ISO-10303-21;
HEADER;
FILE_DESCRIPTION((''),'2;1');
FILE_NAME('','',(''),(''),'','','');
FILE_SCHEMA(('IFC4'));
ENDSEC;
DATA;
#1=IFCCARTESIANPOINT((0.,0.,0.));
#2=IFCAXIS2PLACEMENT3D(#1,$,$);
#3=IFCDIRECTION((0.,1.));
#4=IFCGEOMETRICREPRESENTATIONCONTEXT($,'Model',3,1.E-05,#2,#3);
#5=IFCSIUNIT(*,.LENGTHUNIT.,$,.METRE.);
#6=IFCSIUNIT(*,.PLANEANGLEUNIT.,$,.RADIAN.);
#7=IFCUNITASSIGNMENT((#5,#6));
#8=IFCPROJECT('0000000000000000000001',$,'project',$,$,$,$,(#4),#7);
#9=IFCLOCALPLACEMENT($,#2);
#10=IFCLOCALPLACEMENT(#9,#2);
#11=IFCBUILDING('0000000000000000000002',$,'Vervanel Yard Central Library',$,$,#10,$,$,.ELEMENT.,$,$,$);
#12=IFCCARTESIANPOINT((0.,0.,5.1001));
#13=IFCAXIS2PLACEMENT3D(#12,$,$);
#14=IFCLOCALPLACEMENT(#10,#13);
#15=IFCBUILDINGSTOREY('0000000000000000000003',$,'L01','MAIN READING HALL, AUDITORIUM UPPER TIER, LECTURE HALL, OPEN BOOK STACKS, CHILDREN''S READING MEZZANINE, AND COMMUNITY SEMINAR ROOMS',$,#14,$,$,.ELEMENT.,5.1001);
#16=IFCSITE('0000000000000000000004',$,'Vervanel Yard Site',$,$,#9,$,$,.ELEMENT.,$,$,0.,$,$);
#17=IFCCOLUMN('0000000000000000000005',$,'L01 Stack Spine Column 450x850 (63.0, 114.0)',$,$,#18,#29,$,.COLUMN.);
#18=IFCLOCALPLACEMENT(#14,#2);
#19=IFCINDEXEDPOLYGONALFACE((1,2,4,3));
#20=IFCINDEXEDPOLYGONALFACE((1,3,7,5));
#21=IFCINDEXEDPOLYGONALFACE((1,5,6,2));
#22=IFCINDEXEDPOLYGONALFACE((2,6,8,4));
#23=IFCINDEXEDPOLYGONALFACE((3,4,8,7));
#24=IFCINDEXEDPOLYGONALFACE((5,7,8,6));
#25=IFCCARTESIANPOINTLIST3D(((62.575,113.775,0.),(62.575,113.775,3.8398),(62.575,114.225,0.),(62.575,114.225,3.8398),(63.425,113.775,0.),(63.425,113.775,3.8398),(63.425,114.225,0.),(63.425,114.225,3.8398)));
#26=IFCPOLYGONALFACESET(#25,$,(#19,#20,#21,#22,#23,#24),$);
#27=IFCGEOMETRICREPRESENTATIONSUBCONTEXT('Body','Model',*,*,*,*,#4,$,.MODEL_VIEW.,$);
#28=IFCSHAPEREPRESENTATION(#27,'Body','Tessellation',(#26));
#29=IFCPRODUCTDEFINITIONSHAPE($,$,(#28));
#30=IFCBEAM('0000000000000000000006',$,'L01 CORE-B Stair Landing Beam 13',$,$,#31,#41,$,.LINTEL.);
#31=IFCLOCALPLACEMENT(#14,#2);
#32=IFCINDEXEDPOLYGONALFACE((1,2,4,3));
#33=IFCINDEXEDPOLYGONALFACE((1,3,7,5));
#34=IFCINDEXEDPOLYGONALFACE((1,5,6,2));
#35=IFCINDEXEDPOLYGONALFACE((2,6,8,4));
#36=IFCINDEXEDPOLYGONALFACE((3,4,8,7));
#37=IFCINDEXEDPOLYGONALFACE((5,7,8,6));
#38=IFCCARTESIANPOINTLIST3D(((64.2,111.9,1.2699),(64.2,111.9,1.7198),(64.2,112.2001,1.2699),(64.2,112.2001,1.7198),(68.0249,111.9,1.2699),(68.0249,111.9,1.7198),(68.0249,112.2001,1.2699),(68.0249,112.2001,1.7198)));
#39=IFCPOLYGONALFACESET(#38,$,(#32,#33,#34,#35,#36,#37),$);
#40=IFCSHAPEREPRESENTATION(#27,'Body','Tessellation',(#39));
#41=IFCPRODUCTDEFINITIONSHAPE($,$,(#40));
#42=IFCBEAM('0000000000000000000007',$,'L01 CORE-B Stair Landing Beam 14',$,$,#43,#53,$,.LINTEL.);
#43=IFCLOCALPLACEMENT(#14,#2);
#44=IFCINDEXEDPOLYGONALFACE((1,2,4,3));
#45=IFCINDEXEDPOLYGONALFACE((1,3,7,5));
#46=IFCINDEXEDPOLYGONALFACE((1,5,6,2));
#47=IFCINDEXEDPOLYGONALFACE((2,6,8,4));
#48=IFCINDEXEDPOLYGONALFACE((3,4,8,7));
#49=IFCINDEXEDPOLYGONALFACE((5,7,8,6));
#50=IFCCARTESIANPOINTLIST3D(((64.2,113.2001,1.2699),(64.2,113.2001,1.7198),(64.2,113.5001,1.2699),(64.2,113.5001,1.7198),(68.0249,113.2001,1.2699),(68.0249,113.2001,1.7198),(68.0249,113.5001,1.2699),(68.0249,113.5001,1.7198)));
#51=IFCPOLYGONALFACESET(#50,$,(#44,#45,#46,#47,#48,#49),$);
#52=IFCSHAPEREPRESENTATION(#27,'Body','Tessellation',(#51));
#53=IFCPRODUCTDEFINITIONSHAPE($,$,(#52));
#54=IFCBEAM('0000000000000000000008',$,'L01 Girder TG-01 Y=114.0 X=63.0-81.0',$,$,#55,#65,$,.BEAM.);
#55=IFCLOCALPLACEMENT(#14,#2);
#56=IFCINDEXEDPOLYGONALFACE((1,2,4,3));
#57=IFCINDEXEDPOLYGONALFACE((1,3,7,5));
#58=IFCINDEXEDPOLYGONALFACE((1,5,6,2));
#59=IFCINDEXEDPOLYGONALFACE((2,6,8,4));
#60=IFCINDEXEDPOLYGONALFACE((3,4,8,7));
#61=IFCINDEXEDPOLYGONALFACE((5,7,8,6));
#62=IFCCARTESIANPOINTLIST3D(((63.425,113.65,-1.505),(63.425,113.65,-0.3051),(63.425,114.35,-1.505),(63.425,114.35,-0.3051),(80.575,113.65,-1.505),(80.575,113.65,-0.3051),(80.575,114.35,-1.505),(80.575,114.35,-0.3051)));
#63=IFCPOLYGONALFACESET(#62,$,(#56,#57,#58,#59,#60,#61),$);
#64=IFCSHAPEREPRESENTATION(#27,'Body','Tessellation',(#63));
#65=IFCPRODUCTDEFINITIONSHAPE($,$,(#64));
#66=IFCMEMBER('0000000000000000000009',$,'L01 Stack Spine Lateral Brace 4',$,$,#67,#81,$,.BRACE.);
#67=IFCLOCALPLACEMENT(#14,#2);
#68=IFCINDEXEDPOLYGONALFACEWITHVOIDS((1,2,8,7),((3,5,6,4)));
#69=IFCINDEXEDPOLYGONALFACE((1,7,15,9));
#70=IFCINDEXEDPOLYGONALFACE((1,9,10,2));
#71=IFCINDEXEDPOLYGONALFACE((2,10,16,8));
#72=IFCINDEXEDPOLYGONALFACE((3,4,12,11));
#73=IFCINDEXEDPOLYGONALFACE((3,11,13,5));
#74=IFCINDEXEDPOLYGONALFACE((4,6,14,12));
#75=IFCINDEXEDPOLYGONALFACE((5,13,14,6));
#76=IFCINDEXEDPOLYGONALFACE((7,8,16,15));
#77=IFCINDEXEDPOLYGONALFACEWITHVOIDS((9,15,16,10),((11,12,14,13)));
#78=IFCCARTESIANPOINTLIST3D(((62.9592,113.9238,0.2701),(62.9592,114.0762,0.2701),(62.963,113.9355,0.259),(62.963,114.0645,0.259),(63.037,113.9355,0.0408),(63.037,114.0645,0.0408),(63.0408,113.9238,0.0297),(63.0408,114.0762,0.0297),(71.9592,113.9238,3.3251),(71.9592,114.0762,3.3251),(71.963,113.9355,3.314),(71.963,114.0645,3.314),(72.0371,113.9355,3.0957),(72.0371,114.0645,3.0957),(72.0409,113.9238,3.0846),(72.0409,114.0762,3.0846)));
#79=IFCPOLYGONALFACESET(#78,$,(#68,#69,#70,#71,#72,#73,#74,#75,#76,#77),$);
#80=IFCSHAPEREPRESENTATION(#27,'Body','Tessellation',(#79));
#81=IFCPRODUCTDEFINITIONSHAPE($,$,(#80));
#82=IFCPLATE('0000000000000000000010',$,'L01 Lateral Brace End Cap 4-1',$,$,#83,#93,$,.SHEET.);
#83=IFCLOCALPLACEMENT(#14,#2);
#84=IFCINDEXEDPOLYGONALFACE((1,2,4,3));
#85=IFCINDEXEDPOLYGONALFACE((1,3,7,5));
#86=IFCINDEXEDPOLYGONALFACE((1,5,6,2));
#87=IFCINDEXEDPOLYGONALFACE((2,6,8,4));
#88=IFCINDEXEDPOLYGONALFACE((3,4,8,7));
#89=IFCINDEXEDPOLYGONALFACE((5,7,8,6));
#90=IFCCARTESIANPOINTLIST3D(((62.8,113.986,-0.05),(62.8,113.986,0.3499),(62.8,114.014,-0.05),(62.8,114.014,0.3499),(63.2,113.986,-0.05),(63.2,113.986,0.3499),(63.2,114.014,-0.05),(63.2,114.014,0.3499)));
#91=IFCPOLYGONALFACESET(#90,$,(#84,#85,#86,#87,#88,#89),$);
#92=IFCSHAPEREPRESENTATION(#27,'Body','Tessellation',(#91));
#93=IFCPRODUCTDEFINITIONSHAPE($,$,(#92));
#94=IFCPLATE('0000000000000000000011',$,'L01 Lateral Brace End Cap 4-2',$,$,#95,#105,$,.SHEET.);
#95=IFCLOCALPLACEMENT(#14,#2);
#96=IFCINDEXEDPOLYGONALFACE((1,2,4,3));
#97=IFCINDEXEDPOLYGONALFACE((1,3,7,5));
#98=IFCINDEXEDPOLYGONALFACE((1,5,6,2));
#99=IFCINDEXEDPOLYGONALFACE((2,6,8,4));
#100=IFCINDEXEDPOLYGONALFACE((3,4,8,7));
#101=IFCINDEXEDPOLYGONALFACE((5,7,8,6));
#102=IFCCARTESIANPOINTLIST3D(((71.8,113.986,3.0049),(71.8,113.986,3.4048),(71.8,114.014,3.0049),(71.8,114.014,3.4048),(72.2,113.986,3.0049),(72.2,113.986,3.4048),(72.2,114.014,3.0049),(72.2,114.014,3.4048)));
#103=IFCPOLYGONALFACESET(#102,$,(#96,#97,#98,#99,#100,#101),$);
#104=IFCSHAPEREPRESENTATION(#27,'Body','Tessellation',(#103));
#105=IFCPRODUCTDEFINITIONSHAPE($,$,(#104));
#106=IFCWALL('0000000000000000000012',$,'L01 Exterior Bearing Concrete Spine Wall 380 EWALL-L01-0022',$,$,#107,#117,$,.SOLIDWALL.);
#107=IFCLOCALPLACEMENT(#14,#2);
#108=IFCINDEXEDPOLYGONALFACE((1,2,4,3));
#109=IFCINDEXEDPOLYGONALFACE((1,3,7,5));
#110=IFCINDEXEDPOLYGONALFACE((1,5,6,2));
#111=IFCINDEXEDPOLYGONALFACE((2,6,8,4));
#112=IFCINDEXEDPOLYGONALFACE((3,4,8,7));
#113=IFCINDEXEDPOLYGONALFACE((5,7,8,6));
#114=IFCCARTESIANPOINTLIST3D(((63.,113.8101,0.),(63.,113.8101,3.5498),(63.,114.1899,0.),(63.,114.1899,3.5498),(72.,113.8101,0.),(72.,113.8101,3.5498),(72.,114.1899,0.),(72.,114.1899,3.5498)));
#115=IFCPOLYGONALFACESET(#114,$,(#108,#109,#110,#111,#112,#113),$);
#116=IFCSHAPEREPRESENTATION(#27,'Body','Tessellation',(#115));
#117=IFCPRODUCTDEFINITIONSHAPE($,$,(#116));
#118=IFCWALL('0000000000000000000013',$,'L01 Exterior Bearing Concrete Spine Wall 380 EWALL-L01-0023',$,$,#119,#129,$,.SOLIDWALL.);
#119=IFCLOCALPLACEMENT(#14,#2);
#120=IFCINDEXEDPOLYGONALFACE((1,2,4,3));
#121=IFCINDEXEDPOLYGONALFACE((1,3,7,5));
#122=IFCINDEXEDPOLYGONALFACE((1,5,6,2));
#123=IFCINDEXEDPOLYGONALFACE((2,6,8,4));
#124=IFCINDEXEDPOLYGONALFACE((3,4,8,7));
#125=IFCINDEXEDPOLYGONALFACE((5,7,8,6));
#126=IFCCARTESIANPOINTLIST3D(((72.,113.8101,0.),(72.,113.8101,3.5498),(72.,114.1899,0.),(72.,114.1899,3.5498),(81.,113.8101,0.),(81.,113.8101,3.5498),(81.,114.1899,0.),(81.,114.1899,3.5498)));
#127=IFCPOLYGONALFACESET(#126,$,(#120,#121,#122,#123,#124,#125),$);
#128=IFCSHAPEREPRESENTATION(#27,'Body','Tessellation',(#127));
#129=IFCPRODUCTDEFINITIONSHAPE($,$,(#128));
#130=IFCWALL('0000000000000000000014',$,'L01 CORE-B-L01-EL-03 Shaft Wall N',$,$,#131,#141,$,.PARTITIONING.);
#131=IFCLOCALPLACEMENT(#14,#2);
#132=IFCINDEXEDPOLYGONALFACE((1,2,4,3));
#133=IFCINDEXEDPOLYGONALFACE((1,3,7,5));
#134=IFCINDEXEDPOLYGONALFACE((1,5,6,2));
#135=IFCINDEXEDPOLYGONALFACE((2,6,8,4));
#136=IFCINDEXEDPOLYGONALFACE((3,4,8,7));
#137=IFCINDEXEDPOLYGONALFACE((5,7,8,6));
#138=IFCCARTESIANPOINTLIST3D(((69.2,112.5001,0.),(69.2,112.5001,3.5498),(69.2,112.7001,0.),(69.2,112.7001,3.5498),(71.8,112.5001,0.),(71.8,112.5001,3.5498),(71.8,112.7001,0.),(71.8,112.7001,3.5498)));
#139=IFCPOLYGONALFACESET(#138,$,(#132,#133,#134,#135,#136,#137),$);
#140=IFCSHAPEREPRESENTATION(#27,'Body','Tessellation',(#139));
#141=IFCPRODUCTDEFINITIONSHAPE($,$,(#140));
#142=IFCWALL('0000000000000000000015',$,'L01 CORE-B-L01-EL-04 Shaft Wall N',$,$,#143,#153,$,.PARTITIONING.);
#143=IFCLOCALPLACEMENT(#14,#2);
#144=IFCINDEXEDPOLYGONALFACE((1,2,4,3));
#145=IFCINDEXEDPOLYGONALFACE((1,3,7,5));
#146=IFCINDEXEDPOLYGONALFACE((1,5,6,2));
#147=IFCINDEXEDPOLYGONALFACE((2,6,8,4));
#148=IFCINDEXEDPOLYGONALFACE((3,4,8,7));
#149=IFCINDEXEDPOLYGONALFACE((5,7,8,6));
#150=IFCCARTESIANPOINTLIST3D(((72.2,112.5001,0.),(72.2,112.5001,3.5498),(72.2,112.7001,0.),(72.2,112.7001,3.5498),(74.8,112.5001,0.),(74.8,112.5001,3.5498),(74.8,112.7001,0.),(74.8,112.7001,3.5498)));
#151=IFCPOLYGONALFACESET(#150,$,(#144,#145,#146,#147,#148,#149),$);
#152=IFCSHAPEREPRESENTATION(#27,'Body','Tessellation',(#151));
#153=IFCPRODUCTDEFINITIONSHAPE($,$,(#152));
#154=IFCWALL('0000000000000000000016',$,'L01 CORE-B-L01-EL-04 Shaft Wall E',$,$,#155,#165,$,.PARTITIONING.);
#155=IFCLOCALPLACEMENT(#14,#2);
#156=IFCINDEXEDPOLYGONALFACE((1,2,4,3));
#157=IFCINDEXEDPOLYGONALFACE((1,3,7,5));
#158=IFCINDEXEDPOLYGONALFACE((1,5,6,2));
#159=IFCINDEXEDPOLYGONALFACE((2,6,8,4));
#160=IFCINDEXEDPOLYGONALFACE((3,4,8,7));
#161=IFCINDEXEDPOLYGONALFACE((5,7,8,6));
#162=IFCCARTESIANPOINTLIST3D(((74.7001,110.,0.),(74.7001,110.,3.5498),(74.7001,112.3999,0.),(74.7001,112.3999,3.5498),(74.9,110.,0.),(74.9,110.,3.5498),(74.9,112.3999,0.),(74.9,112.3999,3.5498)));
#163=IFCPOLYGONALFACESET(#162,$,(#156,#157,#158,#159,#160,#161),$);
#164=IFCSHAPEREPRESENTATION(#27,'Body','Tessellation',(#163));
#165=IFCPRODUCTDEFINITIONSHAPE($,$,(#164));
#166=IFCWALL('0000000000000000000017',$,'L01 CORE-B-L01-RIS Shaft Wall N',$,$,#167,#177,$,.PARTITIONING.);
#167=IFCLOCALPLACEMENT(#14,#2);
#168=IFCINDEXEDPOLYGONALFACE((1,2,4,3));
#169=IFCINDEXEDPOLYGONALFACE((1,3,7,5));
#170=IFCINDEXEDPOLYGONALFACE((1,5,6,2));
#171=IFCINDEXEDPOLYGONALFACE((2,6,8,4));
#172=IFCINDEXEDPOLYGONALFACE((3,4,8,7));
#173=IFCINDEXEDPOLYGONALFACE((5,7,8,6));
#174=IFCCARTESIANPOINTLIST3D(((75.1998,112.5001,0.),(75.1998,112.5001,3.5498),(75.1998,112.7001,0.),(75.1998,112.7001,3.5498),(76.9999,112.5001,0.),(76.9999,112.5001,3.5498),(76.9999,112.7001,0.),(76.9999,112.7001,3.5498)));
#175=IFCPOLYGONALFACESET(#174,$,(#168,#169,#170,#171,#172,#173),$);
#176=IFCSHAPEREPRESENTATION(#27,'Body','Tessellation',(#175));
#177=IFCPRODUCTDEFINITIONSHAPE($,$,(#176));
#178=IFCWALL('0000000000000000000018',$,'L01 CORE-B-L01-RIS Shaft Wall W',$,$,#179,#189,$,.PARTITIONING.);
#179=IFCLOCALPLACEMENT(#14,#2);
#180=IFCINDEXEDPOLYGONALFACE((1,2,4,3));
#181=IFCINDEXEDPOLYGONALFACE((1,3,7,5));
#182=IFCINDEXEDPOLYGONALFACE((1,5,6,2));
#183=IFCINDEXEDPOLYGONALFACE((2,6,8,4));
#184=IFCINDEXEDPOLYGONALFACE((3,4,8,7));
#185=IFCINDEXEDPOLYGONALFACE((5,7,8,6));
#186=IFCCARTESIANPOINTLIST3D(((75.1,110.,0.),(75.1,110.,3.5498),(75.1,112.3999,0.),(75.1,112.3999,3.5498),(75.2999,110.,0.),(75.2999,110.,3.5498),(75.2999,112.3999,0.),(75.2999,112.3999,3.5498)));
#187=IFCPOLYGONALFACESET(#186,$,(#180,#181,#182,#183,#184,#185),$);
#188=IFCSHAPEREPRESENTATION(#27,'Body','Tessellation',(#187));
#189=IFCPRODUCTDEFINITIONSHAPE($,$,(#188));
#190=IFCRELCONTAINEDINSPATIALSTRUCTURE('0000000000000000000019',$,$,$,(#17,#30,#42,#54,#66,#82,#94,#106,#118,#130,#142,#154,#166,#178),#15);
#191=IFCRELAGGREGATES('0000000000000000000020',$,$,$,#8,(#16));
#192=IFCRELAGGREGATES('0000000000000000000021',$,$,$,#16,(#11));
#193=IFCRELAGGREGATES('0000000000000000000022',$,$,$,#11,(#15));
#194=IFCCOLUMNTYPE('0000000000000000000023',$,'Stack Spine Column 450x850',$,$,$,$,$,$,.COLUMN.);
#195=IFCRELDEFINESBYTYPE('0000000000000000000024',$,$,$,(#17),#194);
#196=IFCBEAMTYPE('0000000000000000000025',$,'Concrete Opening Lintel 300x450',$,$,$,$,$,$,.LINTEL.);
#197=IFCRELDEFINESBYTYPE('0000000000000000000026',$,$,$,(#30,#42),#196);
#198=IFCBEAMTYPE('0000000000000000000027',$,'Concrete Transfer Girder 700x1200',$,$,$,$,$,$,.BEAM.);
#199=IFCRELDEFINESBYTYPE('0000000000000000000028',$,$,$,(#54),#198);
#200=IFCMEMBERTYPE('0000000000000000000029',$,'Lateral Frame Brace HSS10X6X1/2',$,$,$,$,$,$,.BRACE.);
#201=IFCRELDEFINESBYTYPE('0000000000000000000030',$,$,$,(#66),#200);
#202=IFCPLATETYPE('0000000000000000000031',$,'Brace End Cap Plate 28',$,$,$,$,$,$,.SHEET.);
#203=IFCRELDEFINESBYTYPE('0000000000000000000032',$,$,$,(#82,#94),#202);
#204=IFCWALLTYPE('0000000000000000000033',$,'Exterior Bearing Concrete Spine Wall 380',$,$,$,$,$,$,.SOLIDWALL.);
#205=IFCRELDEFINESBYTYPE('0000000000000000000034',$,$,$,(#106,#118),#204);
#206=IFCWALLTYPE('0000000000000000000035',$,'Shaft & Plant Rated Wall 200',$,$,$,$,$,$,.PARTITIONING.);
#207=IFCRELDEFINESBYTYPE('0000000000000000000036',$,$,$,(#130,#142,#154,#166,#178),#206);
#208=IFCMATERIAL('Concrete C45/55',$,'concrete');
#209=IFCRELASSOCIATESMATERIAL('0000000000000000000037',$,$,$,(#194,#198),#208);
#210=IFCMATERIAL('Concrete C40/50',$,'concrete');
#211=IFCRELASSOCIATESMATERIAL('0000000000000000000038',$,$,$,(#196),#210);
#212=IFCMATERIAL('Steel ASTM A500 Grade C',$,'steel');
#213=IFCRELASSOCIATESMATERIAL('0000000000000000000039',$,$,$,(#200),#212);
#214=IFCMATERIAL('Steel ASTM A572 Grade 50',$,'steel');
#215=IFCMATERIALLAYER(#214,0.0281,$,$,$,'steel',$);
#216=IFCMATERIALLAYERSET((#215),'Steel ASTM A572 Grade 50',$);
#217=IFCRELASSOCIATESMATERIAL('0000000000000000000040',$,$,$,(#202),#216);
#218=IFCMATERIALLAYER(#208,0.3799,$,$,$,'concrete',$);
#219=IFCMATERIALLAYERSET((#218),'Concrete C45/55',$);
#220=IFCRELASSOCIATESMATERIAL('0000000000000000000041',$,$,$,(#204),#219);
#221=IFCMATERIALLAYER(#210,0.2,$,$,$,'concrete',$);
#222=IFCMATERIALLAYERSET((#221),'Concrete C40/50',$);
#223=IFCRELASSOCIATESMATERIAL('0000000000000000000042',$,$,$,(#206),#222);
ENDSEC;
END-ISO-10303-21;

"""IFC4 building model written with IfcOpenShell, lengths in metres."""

from ifc_helpers import new_model, si_unit, direction, frame, frame_2d, origin, origin_2d, place, context, subcontext, project, spatial, rectangle, hollow_rectangle, extrude, material, layer, layer_set, material_profile, profile_set, type_object, element, save


model = new_model("IFC4")

# Units and contexts
model_context = context("Model", 3, precision=1e-05, world=origin(), true_north=direction((0.0, 1.0)))
body_context = subcontext(model_context, "Body", "Model", "MODEL_VIEW")
ifc_project = project(units=[si_unit("LENGTHUNIT", "METRE"), si_unit("PLANEANGLEUNIT", "RADIAN")], contexts=[model_context])

# Site, building, storey
site_placement = place(None, origin())
site = spatial("IfcSite", under=ifc_project, at=site_placement, Name="Vervanel Yard Site", CompositionType="ELEMENT", RefElevation=0.0)
building_placement = place(site_placement, origin())
building = spatial("IfcBuilding", under=site, at=building_placement, Name="Vervanel Yard Central Library", CompositionType="ELEMENT")
storey_placement = place(building_placement, frame((0.0, 0.0, 5.1001)))
storey = spatial("IfcBuildingStorey", under=building, at=storey_placement, Name="L01", Description="MAIN READING HALL, AUDITORIUM UPPER TIER, LECTURE HALL, OPEN BOOK STACKS, CHILDREN'S READING MEZZANINE, AND COMMUNITY SEMINAR ROOMS", CompositionType="ELEMENT", Elevation=5.1001)

# Column
ifc_material_1 = material(Name="Concrete C45/55", Category="concrete")
ifc_material_profile_1 = material_profile(ifc_material_1, rectangle(XDim=0.45, YDim=0.8501, at=origin_2d()), Name="RC 450x850", Category="concrete")
ifc_profile_set_1 = profile_set([ifc_material_profile_1], Name="Concrete C45/55")
column_type = type_object("IfcColumnType", Name="Stack Spine Column 450x850", PredefinedType="COLUMN", material=ifc_profile_set_1)
column_placement = place(storey_placement, frame((63.0, 114.0, 0.0), z_axis=(0.0, 0.0, 1.0), x_axis=(0.0, 1.0, 0.0)))
element("IfcColumn", 1, at=column_placement, inside=storey, type_object=column_type, Name="L01 Stack Spine Column 450x850 (63.0, 114.0)", PredefinedType="COLUMN", context=body_context, shape_type="SweptSolid", body=[
    extrude(rectangle(XDim=0.45, YDim=0.8501, at=origin_2d()), origin(), (0.0, 0.0, 1.0), 3.8398),
])

# Beams
ifc_material_2 = material(Name="Concrete C40/50", Category="concrete")
ifc_material_profile_2 = material_profile(ifc_material_2, rectangle(XDim=0.3, YDim=0.45, at=origin_2d()), Name="RC 300x450", Category="concrete")
ifc_profile_set_2 = profile_set([ifc_material_profile_2], Name="Concrete C40/50")
beam_type_1 = type_object("IfcBeamType", Name="Concrete Opening Lintel 300x450", PredefinedType="LINTEL", material=ifc_profile_set_2)
for number, where, z_axis, x_axis, name in (
    (2, (64.2, 112.05, 1.4949), (1.0, 0.0, 0.0), (0.0, 1.0, 0.0), "L01 CORE-B Stair Landing Beam 13"),
    (3, (64.2, 113.3501, 1.4949), (1.0, 0.0, 0.0), (0.0, 1.0, 0.0), "L01 CORE-B Stair Landing Beam 14"),
):
    element("IfcBeam", number, at=place(storey_placement, frame(where, z_axis=z_axis, x_axis=x_axis)), inside=storey, type_object=beam_type_1, Name=name, PredefinedType="LINTEL", context=body_context, shape_type="SweptSolid", body=[
        extrude(rectangle(XDim=0.3, YDim=0.45, at=origin_2d()), origin(), (0.0, 0.0, 1.0), 3.825),
    ])
ifc_material_profile_3 = material_profile(ifc_material_1, rectangle(XDim=0.7, YDim=1.2, at=origin_2d()), Name="RC 700x1200", Category="concrete")
ifc_profile_set_3 = profile_set([ifc_material_profile_3], Name="Concrete C45/55")
beam_type_2 = type_object("IfcBeamType", Name="Concrete Transfer Girder 700x1200", PredefinedType="BEAM", material=ifc_profile_set_3)
beam_placement = place(storey_placement, frame((63.425, 114.0, -0.905), z_axis=(1.0, 0.0, 0.0), x_axis=(0.0, 1.0, 0.0)))
element("IfcBeam", 4, at=beam_placement, inside=storey, type_object=beam_type_2, Name="L01 Girder TG-01 Y=114.0 X=63.0-81.0", PredefinedType="BEAM", context=body_context, shape_type="SweptSolid", body=[
    extrude(rectangle(XDim=0.7, YDim=1.2, at=origin_2d()), origin(), (0.0, 0.0, 1.0), 17.1499),
])

# Member
ifc_material_3 = material(Name="Steel ASTM A500 Grade C", Category="steel")
ifc_material_profile_4 = material_profile(ifc_material_3, hollow_rectangle(XDim=0.1523, YDim=0.2539, WallThickness=0.0117, at=origin_2d()), Name="HSS10X6X1/2", Category="steel")
ifc_profile_set_4 = profile_set([ifc_material_profile_4], Name="Steel ASTM A500 Grade C")
member_type = type_object("IfcMemberType", Name="Lateral Frame Brace HSS10X6X1/2", PredefinedType="BRACE", material=ifc_profile_set_4)
member_placement = place(storey_placement, frame((63.0, 114.0, 0.1499), z_axis=(0.946935, 0.0, 0.321425), x_axis=(0.0, 1.0, 0.0)))
element("IfcMember", 5, at=member_placement, inside=storey, type_object=member_type, Name="L01 Stack Spine Lateral Brace 4", PredefinedType="BRACE", context=body_context, shape_type="SweptSolid", body=[
    extrude(hollow_rectangle(XDim=0.1523, YDim=0.2539, WallThickness=0.0117, at=origin_2d()), origin(), (0.0, 0.0, 1.0), 9.5044),
])

# Plates
ifc_material_4 = material(Name="Steel ASTM A572 Grade 50", Category="steel")
ifc_layer_1 = layer(ifc_material_4, 0.0281, Category="steel")
ifc_layer_set_1 = layer_set([ifc_layer_1], Name="Steel ASTM A572 Grade 50")
plate_type = type_object("IfcPlateType", Name="Brace End Cap Plate 28", PredefinedType="SHEET", material=ifc_layer_set_1)
for number, where, z_axis, x_axis, name in (
    (6, (63.0, 114.0, -0.05), (0.0, 0.0, 1.0), (1.0, 0.0, 0.0), "L01 Lateral Brace End Cap 4-1"),
    (7, (72.0, 114.0, 3.0049), (0.0, 0.0, 1.0), (1.0, 0.0, 0.0), "L01 Lateral Brace End Cap 4-2"),
):
    element("IfcPlate", number, at=place(storey_placement, frame(where, z_axis=z_axis, x_axis=x_axis)), inside=storey, type_object=plate_type, Name=name, PredefinedType="SHEET", context=body_context, shape_type="SweptSolid", body=[
        extrude(rectangle(XDim=0.3999, YDim=0.0281, at=origin_2d()), origin(), (0.0, 0.0, 1.0), 0.3999),
    ])

# Walls
ifc_layer_2 = layer(ifc_material_1, 0.3799, Category="concrete")
ifc_layer_set_2 = layer_set([ifc_layer_2], Name="Concrete C45/55")
wall_type_1 = type_object("IfcWallType", Name="Exterior Bearing Concrete Spine Wall 380", PredefinedType="SOLIDWALL", material=ifc_layer_set_2)
for number, where, z_axis, x_axis, name in (
    (8, (63.0, 114.0, 0.0), (0.0, 0.0, 1.0), (1.0, 0.0, 0.0), "L01 Exterior Bearing Concrete Spine Wall 380 EWALL-L01-0022"),
    (9, (72.0, 114.0, 0.0), (0.0, 0.0, 1.0), (1.0, 0.0, 0.0), "L01 Exterior Bearing Concrete Spine Wall 380 EWALL-L01-0023"),
):
    element("IfcWall", number, at=place(storey_placement, frame(where, z_axis=z_axis, x_axis=x_axis)), inside=storey, type_object=wall_type_1, Name=name, PredefinedType="SOLIDWALL", context=body_context, shape_type="SweptSolid", body=[
        extrude(rectangle(XDim=9.0, YDim=0.3799, at=frame_2d((4.5, 0.0))), origin(), (0.0, 0.0, 1.0), 3.5498),
    ])
ifc_layer_3 = layer(ifc_material_2, 0.2, Category="concrete")
ifc_layer_set_3 = layer_set([ifc_layer_3], Name="Concrete C40/50")
wall_type_2 = type_object("IfcWallType", Name="Shaft & Plant Rated Wall 200", PredefinedType="PARTITIONING", material=ifc_layer_set_3)
for number, where, z_axis, x_axis, name in (
    (10, (69.2, 112.6001, 0.0), (0.0, 0.0, 1.0), (1.0, 0.0, 0.0), "L01 CORE-B-L01-EL-03 Shaft Wall N"),
    (11, (72.2, 112.6001, 0.0), (0.0, 0.0, 1.0), (1.0, 0.0, 0.0), "L01 CORE-B-L01-EL-04 Shaft Wall N"),
):
    element("IfcWall", number, at=place(storey_placement, frame(where, z_axis=z_axis, x_axis=x_axis)), inside=storey, type_object=wall_type_2, Name=name, PredefinedType="PARTITIONING", context=body_context, shape_type="SweptSolid", body=[
        extrude(rectangle(XDim=2.6001, YDim=0.2, at=frame_2d((1.3, 0.0))), origin(), (0.0, 0.0, 1.0), 3.5498),
    ])
wall_1_placement = place(storey_placement, frame((74.8, 110.0, 0.0), z_axis=(0.0, 0.0, 1.0), x_axis=(0.0, 1.0, 0.0)))
element("IfcWall", 12, at=wall_1_placement, inside=storey, type_object=wall_type_2, Name="L01 CORE-B-L01-EL-04 Shaft Wall E", PredefinedType="PARTITIONING", context=body_context, shape_type="SweptSolid", body=[
    extrude(rectangle(XDim=2.3999, YDim=0.2, at=frame_2d((1.2, 0.0))), origin(), (0.0, 0.0, 1.0), 3.5498),
])
wall_2_placement = place(storey_placement, frame((75.2, 112.6001, 0.0), z_axis=(0.0, 0.0, 1.0), x_axis=(1.0, 0.0, 0.0)))
element("IfcWall", 13, at=wall_2_placement, inside=storey, type_object=wall_type_2, Name="L01 CORE-B-L01-RIS Shaft Wall N", PredefinedType="PARTITIONING", context=body_context, shape_type="SweptSolid", body=[
    extrude(rectangle(XDim=1.8, YDim=0.2, at=frame_2d((0.8999, 0.0))), origin(), (0.0, 0.0, 1.0), 3.5498),
])
for number, where, z_axis, x_axis, name in (
    (14, (75.2, 110.0, 0.0), (0.0, 0.0, 1.0), (0.0, 1.0, 0.0), "L01 CORE-B-L01-RIS Shaft Wall W"),
):
    element("IfcWall", number, at=place(storey_placement, frame(where, z_axis=z_axis, x_axis=x_axis)), inside=storey, type_object=wall_type_2, Name=name, PredefinedType="PARTITIONING", context=body_context, shape_type="SweptSolid", body=[
        extrude(rectangle(XDim=2.3999, YDim=0.2, at=frame_2d((1.2, 0.0))), origin(), (0.0, 0.0, 1.0), 3.5498),
    ])

save(model, "model.ifc")
